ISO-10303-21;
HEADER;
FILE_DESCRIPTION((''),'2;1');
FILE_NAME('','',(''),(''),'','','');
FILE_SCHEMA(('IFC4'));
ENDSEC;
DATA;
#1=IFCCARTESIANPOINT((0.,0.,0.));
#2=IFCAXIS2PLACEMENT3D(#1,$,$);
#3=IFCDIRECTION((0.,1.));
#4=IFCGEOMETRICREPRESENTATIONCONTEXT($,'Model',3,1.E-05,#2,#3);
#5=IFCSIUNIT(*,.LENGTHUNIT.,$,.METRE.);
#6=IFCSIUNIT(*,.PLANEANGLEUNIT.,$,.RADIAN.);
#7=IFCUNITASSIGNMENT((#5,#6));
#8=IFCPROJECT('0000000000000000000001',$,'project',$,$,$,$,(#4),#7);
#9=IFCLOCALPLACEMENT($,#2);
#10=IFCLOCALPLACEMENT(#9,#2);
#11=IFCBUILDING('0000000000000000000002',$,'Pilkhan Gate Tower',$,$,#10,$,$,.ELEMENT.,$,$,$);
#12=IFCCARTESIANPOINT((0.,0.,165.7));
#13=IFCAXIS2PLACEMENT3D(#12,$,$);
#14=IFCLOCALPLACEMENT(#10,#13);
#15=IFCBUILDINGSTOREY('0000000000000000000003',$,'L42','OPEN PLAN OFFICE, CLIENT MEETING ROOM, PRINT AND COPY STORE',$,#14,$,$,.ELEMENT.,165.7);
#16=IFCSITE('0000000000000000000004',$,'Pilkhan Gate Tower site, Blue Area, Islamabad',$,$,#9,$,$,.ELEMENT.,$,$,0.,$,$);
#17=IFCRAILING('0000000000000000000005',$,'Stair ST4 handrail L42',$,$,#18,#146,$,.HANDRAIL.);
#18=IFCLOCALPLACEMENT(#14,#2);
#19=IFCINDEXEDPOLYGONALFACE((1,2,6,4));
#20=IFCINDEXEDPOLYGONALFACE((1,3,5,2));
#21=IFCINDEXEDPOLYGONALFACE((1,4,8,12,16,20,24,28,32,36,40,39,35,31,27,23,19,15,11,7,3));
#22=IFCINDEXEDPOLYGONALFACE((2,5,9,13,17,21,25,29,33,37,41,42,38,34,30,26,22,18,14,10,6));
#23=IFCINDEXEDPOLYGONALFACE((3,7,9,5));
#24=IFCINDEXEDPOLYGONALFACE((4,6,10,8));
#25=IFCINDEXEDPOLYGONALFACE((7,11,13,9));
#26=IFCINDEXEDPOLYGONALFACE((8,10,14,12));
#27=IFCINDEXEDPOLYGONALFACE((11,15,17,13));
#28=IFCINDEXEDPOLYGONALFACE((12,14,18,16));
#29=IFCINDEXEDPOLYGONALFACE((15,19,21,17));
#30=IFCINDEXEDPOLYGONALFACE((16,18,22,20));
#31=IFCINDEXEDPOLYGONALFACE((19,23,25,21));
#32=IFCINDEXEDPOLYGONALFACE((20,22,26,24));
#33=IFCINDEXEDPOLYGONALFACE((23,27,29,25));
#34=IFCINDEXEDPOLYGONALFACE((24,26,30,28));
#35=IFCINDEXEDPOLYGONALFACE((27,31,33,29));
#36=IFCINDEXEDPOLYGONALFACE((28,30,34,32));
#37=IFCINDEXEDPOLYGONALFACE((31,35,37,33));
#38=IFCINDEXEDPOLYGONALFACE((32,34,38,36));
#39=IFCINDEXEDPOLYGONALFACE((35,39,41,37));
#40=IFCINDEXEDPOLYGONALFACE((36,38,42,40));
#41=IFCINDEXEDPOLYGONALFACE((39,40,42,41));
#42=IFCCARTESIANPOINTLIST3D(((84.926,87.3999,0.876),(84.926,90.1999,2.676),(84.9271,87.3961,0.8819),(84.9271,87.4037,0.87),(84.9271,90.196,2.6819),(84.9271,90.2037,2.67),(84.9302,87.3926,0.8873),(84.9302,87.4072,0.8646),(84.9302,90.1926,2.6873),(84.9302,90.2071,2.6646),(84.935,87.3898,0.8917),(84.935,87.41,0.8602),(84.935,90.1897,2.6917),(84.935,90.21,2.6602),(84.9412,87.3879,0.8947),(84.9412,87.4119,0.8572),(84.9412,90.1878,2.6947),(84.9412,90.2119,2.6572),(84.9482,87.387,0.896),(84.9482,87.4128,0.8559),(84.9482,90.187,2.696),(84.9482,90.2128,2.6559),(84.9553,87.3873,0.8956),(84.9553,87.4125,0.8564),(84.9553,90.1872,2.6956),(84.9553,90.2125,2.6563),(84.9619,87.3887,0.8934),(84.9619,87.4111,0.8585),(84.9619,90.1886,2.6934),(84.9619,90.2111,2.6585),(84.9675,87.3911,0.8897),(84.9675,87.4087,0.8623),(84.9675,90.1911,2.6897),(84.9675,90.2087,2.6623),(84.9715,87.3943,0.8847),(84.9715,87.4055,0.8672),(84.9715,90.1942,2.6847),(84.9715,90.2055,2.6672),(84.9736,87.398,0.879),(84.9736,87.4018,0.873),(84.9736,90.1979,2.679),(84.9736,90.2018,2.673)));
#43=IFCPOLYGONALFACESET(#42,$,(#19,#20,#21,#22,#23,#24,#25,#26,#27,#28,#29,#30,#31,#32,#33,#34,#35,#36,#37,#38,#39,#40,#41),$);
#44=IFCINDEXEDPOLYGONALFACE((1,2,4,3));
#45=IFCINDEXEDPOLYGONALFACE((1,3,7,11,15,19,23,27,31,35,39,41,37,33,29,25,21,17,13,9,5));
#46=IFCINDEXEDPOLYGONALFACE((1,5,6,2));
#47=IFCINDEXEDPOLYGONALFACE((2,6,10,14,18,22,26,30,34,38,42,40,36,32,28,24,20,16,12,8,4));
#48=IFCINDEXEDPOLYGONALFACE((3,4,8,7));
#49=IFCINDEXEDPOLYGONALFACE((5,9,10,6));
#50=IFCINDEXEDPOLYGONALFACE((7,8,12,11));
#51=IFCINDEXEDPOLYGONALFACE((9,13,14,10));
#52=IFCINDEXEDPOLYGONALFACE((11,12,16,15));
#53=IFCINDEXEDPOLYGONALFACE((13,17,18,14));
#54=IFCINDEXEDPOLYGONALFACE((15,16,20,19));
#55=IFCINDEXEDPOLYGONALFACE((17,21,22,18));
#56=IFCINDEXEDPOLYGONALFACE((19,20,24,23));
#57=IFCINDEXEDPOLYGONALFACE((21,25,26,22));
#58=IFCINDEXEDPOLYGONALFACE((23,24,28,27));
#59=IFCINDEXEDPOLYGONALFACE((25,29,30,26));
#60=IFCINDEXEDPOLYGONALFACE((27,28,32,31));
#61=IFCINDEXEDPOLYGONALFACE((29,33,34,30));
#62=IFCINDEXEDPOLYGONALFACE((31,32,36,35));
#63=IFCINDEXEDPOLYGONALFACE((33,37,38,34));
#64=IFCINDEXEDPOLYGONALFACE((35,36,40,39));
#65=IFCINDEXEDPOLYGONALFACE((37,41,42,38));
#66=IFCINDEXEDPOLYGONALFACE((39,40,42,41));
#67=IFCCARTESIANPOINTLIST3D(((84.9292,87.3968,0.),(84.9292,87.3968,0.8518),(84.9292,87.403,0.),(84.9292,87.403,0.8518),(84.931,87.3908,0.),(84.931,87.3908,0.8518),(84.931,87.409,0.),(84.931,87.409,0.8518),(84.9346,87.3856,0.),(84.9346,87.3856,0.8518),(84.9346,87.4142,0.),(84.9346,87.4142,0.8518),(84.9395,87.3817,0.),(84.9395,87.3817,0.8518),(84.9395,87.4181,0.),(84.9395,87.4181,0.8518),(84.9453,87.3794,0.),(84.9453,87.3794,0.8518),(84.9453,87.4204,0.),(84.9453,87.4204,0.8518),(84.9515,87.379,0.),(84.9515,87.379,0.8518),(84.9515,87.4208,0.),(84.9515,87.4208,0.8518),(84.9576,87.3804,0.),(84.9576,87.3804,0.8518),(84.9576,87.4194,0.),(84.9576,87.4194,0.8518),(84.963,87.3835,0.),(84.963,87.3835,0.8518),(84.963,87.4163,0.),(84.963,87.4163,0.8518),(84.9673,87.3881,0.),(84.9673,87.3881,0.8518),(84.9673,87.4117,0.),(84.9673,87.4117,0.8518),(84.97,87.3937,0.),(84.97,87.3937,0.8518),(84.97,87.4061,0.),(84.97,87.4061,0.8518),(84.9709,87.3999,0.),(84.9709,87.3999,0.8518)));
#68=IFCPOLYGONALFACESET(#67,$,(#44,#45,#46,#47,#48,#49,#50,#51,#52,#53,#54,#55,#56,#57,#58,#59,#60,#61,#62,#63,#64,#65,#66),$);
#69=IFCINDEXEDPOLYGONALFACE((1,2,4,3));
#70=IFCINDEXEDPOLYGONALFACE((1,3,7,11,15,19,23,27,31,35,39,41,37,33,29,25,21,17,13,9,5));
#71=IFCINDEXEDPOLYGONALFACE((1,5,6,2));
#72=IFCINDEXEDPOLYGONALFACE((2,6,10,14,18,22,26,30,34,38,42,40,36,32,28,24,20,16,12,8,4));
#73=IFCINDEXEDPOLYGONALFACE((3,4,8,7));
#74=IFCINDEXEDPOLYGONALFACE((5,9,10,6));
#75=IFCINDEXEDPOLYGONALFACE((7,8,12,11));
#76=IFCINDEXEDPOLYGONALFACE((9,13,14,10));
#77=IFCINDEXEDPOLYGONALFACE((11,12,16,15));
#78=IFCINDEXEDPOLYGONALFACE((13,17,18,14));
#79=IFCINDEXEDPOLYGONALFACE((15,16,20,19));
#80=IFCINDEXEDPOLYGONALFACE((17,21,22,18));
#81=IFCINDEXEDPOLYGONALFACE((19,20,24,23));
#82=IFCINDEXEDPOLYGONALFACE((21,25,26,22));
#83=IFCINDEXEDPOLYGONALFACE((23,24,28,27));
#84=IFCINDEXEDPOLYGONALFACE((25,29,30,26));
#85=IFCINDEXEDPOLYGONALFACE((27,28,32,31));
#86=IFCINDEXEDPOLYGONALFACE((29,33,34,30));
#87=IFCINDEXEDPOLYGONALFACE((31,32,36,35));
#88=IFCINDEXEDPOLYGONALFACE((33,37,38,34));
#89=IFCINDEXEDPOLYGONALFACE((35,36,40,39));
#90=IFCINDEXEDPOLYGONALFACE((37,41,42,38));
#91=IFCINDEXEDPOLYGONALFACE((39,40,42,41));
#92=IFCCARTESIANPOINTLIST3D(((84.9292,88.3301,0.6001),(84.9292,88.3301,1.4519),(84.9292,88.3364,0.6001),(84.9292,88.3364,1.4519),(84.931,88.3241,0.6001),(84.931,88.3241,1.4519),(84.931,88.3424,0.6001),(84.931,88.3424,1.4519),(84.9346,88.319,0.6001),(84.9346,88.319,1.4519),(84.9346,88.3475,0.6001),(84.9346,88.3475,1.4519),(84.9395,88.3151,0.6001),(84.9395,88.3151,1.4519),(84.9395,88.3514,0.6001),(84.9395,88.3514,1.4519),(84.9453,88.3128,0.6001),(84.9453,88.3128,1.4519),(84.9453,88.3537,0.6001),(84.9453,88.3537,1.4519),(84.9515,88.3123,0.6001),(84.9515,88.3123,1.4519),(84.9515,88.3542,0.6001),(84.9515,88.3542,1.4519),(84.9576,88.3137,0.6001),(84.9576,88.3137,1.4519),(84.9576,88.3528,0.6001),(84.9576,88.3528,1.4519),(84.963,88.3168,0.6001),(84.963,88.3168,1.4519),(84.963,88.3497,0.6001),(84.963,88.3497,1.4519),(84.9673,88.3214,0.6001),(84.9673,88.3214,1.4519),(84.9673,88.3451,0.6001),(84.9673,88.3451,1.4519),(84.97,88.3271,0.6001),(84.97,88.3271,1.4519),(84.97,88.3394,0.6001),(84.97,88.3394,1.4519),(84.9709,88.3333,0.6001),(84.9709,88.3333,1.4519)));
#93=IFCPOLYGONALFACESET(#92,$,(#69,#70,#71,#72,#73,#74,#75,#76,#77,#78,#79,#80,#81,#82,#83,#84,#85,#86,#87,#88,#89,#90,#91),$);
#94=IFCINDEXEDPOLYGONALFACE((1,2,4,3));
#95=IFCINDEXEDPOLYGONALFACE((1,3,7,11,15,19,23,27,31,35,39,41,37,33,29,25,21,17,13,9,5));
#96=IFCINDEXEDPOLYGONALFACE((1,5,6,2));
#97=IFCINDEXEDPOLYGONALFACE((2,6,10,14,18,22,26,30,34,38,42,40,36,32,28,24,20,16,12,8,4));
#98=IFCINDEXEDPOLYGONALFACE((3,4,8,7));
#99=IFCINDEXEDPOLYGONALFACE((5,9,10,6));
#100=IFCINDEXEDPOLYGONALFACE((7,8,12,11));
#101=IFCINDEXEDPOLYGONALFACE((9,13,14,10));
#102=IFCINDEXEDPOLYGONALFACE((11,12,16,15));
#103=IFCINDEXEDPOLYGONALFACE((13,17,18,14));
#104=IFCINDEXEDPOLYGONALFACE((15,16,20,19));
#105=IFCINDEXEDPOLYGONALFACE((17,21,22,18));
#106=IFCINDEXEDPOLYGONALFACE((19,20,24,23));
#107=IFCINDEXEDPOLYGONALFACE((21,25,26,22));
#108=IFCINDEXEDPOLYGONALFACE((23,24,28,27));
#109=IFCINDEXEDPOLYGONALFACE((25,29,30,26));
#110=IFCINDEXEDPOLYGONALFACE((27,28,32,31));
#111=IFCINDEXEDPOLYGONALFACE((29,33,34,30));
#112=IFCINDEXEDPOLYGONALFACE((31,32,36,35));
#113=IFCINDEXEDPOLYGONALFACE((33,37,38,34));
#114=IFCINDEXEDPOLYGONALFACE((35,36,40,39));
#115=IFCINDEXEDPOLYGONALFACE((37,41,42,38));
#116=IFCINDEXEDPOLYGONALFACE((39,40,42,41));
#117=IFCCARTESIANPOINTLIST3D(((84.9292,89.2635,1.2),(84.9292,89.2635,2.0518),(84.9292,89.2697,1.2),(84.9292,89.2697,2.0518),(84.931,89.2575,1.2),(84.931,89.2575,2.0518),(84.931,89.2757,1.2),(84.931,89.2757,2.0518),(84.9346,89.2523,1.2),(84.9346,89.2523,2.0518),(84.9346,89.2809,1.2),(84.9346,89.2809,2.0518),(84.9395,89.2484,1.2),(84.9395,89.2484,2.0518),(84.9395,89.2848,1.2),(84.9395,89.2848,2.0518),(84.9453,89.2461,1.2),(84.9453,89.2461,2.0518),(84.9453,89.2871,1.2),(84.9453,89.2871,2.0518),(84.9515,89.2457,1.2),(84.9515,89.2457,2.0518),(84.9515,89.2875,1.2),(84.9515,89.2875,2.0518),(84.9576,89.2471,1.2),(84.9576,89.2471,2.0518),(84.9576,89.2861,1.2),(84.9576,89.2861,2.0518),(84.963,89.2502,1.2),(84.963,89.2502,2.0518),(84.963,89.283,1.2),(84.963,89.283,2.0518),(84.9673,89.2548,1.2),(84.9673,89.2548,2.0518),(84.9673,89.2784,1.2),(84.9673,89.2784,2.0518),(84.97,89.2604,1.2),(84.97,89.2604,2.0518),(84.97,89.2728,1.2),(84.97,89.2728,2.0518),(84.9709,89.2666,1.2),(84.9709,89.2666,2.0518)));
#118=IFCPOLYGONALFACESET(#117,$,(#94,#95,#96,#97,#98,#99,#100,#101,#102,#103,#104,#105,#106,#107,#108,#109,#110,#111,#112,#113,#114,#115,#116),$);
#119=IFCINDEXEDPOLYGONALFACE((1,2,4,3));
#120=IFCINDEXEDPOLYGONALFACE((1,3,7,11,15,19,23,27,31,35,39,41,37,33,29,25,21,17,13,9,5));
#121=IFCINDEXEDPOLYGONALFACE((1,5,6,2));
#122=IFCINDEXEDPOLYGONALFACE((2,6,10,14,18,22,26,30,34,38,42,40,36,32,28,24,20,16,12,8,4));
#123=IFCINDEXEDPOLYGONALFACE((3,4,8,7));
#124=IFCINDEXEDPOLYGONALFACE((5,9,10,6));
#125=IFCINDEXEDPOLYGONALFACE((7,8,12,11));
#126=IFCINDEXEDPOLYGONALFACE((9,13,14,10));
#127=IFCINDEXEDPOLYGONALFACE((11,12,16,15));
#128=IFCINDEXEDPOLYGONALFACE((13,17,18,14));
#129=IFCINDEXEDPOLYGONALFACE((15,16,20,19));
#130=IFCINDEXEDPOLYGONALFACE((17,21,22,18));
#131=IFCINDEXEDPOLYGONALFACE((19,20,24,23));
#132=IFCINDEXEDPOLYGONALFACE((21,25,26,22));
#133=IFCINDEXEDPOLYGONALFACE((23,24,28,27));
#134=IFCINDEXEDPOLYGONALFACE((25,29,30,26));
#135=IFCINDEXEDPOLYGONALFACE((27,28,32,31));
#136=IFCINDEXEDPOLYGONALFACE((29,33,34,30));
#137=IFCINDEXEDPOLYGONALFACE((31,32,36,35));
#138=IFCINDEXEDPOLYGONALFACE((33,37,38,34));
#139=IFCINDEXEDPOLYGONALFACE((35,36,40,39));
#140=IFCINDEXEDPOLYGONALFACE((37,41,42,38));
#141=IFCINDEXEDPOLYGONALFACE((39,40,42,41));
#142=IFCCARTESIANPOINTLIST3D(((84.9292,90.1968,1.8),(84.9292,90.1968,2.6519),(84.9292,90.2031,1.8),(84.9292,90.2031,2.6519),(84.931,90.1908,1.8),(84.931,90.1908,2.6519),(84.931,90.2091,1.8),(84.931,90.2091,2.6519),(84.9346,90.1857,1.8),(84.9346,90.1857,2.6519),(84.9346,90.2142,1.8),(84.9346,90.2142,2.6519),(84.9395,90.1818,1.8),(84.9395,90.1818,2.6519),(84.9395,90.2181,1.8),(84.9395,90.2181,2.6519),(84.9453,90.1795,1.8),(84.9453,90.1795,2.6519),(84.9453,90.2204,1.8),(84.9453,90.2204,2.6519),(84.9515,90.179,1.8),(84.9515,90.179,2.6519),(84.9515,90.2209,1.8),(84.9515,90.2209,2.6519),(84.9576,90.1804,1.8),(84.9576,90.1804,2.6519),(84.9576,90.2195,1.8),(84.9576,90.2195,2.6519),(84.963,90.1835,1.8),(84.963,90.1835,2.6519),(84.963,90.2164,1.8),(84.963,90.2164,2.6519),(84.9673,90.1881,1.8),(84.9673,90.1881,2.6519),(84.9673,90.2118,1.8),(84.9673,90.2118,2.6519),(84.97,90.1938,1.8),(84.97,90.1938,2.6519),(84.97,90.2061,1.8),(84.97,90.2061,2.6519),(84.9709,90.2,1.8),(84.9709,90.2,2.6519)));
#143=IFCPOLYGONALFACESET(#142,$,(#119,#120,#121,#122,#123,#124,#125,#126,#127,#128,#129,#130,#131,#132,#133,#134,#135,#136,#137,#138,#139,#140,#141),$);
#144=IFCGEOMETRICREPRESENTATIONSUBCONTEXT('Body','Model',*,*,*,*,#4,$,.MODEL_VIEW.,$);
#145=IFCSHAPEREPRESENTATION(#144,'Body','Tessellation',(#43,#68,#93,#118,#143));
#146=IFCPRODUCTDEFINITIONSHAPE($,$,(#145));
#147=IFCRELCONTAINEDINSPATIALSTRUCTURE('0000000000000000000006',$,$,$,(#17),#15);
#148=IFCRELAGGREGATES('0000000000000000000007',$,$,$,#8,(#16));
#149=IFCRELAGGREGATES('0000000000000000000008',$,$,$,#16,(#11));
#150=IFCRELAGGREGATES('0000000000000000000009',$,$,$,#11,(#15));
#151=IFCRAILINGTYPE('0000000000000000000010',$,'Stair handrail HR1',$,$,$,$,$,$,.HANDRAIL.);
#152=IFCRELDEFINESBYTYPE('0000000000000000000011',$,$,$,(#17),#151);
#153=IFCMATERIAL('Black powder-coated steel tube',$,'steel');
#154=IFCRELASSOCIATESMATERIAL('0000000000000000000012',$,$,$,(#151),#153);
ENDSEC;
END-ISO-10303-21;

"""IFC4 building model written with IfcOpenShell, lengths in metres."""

from ifc_helpers import new_model, si_unit, direction, frame, origin, origin_2d, place, context, subcontext, project, spatial, circle, extrude, material, type_object, element, save


model = new_model("IFC4")

# Units and contexts
model_context = context("Model", 3, precision=1e-05, world=origin(), true_north=direction((0.0, 1.0)))
body_context = subcontext(model_context, "Body", "Model", "MODEL_VIEW")
ifc_project = project(units=[si_unit("LENGTHUNIT", "METRE"), si_unit("PLANEANGLEUNIT", "RADIAN")], contexts=[model_context])

# Site, building, storey
site_placement = place(None, origin())
site = spatial("IfcSite", under=ifc_project, at=site_placement, Name="Pilkhan Gate Tower site, Blue Area, Islamabad", CompositionType="ELEMENT", RefElevation=0.0)
building_placement = place(site_placement, origin())
building = spatial("IfcBuilding", under=site, at=building_placement, Name="Pilkhan Gate Tower", CompositionType="ELEMENT")
storey_placement = place(building_placement, frame((0.0, 0.0, 165.7)))
storey = spatial("IfcBuildingStorey", under=building, at=storey_placement, Name="L42", Description="OPEN PLAN OFFICE, CLIENT MEETING ROOM, PRINT AND COPY STORE", CompositionType="ELEMENT", Elevation=165.7)

# Railing
ifc_material_1 = material(Name="Black powder-coated steel tube", Category="steel")
railing_type_1 = type_object("IfcRailingType", Name="Stair handrail HR1", PredefinedType="HANDRAIL", material=ifc_material_1)
railing_1_placement = place(storey_placement, frame((84.95, 87.3999, 0.0)))
element("IfcRailing", 1, at=railing_1_placement, inside=storey, type_object=railing_type_1, Name="Stair ST4 handrail L42", PredefinedType="HANDRAIL", context=body_context, shape_type="SweptSolid", body=[
    extrude(circle(Radius=0.0239, at=origin_2d()), frame((0.0, 0.0, 0.876), z_axis=(0.0, 0.841176, 0.540761), x_axis=(-1.0, 0.0, 0.0)), (0.0, 0.0, 1.0), 3.3286),
    extrude(circle(Radius=0.021, at=origin_2d()), origin(), (0.0, 0.0, 1.0), 0.8518),
    extrude(circle(Radius=0.021, at=origin_2d()), frame((0.0, 0.9333, 0.6001)), (0.0, 0.0, 1.0), 0.8518),
    extrude(circle(Radius=0.021, at=origin_2d()), frame((0.0, 1.8667, 1.2)), (0.0, 0.0, 1.0), 0.8518),
    extrude(circle(Radius=0.021, at=origin_2d()), frame((0.0, 2.8, 1.8)), (0.0, 0.0, 1.0), 0.8518),
])

save(model, "model.ifc")
